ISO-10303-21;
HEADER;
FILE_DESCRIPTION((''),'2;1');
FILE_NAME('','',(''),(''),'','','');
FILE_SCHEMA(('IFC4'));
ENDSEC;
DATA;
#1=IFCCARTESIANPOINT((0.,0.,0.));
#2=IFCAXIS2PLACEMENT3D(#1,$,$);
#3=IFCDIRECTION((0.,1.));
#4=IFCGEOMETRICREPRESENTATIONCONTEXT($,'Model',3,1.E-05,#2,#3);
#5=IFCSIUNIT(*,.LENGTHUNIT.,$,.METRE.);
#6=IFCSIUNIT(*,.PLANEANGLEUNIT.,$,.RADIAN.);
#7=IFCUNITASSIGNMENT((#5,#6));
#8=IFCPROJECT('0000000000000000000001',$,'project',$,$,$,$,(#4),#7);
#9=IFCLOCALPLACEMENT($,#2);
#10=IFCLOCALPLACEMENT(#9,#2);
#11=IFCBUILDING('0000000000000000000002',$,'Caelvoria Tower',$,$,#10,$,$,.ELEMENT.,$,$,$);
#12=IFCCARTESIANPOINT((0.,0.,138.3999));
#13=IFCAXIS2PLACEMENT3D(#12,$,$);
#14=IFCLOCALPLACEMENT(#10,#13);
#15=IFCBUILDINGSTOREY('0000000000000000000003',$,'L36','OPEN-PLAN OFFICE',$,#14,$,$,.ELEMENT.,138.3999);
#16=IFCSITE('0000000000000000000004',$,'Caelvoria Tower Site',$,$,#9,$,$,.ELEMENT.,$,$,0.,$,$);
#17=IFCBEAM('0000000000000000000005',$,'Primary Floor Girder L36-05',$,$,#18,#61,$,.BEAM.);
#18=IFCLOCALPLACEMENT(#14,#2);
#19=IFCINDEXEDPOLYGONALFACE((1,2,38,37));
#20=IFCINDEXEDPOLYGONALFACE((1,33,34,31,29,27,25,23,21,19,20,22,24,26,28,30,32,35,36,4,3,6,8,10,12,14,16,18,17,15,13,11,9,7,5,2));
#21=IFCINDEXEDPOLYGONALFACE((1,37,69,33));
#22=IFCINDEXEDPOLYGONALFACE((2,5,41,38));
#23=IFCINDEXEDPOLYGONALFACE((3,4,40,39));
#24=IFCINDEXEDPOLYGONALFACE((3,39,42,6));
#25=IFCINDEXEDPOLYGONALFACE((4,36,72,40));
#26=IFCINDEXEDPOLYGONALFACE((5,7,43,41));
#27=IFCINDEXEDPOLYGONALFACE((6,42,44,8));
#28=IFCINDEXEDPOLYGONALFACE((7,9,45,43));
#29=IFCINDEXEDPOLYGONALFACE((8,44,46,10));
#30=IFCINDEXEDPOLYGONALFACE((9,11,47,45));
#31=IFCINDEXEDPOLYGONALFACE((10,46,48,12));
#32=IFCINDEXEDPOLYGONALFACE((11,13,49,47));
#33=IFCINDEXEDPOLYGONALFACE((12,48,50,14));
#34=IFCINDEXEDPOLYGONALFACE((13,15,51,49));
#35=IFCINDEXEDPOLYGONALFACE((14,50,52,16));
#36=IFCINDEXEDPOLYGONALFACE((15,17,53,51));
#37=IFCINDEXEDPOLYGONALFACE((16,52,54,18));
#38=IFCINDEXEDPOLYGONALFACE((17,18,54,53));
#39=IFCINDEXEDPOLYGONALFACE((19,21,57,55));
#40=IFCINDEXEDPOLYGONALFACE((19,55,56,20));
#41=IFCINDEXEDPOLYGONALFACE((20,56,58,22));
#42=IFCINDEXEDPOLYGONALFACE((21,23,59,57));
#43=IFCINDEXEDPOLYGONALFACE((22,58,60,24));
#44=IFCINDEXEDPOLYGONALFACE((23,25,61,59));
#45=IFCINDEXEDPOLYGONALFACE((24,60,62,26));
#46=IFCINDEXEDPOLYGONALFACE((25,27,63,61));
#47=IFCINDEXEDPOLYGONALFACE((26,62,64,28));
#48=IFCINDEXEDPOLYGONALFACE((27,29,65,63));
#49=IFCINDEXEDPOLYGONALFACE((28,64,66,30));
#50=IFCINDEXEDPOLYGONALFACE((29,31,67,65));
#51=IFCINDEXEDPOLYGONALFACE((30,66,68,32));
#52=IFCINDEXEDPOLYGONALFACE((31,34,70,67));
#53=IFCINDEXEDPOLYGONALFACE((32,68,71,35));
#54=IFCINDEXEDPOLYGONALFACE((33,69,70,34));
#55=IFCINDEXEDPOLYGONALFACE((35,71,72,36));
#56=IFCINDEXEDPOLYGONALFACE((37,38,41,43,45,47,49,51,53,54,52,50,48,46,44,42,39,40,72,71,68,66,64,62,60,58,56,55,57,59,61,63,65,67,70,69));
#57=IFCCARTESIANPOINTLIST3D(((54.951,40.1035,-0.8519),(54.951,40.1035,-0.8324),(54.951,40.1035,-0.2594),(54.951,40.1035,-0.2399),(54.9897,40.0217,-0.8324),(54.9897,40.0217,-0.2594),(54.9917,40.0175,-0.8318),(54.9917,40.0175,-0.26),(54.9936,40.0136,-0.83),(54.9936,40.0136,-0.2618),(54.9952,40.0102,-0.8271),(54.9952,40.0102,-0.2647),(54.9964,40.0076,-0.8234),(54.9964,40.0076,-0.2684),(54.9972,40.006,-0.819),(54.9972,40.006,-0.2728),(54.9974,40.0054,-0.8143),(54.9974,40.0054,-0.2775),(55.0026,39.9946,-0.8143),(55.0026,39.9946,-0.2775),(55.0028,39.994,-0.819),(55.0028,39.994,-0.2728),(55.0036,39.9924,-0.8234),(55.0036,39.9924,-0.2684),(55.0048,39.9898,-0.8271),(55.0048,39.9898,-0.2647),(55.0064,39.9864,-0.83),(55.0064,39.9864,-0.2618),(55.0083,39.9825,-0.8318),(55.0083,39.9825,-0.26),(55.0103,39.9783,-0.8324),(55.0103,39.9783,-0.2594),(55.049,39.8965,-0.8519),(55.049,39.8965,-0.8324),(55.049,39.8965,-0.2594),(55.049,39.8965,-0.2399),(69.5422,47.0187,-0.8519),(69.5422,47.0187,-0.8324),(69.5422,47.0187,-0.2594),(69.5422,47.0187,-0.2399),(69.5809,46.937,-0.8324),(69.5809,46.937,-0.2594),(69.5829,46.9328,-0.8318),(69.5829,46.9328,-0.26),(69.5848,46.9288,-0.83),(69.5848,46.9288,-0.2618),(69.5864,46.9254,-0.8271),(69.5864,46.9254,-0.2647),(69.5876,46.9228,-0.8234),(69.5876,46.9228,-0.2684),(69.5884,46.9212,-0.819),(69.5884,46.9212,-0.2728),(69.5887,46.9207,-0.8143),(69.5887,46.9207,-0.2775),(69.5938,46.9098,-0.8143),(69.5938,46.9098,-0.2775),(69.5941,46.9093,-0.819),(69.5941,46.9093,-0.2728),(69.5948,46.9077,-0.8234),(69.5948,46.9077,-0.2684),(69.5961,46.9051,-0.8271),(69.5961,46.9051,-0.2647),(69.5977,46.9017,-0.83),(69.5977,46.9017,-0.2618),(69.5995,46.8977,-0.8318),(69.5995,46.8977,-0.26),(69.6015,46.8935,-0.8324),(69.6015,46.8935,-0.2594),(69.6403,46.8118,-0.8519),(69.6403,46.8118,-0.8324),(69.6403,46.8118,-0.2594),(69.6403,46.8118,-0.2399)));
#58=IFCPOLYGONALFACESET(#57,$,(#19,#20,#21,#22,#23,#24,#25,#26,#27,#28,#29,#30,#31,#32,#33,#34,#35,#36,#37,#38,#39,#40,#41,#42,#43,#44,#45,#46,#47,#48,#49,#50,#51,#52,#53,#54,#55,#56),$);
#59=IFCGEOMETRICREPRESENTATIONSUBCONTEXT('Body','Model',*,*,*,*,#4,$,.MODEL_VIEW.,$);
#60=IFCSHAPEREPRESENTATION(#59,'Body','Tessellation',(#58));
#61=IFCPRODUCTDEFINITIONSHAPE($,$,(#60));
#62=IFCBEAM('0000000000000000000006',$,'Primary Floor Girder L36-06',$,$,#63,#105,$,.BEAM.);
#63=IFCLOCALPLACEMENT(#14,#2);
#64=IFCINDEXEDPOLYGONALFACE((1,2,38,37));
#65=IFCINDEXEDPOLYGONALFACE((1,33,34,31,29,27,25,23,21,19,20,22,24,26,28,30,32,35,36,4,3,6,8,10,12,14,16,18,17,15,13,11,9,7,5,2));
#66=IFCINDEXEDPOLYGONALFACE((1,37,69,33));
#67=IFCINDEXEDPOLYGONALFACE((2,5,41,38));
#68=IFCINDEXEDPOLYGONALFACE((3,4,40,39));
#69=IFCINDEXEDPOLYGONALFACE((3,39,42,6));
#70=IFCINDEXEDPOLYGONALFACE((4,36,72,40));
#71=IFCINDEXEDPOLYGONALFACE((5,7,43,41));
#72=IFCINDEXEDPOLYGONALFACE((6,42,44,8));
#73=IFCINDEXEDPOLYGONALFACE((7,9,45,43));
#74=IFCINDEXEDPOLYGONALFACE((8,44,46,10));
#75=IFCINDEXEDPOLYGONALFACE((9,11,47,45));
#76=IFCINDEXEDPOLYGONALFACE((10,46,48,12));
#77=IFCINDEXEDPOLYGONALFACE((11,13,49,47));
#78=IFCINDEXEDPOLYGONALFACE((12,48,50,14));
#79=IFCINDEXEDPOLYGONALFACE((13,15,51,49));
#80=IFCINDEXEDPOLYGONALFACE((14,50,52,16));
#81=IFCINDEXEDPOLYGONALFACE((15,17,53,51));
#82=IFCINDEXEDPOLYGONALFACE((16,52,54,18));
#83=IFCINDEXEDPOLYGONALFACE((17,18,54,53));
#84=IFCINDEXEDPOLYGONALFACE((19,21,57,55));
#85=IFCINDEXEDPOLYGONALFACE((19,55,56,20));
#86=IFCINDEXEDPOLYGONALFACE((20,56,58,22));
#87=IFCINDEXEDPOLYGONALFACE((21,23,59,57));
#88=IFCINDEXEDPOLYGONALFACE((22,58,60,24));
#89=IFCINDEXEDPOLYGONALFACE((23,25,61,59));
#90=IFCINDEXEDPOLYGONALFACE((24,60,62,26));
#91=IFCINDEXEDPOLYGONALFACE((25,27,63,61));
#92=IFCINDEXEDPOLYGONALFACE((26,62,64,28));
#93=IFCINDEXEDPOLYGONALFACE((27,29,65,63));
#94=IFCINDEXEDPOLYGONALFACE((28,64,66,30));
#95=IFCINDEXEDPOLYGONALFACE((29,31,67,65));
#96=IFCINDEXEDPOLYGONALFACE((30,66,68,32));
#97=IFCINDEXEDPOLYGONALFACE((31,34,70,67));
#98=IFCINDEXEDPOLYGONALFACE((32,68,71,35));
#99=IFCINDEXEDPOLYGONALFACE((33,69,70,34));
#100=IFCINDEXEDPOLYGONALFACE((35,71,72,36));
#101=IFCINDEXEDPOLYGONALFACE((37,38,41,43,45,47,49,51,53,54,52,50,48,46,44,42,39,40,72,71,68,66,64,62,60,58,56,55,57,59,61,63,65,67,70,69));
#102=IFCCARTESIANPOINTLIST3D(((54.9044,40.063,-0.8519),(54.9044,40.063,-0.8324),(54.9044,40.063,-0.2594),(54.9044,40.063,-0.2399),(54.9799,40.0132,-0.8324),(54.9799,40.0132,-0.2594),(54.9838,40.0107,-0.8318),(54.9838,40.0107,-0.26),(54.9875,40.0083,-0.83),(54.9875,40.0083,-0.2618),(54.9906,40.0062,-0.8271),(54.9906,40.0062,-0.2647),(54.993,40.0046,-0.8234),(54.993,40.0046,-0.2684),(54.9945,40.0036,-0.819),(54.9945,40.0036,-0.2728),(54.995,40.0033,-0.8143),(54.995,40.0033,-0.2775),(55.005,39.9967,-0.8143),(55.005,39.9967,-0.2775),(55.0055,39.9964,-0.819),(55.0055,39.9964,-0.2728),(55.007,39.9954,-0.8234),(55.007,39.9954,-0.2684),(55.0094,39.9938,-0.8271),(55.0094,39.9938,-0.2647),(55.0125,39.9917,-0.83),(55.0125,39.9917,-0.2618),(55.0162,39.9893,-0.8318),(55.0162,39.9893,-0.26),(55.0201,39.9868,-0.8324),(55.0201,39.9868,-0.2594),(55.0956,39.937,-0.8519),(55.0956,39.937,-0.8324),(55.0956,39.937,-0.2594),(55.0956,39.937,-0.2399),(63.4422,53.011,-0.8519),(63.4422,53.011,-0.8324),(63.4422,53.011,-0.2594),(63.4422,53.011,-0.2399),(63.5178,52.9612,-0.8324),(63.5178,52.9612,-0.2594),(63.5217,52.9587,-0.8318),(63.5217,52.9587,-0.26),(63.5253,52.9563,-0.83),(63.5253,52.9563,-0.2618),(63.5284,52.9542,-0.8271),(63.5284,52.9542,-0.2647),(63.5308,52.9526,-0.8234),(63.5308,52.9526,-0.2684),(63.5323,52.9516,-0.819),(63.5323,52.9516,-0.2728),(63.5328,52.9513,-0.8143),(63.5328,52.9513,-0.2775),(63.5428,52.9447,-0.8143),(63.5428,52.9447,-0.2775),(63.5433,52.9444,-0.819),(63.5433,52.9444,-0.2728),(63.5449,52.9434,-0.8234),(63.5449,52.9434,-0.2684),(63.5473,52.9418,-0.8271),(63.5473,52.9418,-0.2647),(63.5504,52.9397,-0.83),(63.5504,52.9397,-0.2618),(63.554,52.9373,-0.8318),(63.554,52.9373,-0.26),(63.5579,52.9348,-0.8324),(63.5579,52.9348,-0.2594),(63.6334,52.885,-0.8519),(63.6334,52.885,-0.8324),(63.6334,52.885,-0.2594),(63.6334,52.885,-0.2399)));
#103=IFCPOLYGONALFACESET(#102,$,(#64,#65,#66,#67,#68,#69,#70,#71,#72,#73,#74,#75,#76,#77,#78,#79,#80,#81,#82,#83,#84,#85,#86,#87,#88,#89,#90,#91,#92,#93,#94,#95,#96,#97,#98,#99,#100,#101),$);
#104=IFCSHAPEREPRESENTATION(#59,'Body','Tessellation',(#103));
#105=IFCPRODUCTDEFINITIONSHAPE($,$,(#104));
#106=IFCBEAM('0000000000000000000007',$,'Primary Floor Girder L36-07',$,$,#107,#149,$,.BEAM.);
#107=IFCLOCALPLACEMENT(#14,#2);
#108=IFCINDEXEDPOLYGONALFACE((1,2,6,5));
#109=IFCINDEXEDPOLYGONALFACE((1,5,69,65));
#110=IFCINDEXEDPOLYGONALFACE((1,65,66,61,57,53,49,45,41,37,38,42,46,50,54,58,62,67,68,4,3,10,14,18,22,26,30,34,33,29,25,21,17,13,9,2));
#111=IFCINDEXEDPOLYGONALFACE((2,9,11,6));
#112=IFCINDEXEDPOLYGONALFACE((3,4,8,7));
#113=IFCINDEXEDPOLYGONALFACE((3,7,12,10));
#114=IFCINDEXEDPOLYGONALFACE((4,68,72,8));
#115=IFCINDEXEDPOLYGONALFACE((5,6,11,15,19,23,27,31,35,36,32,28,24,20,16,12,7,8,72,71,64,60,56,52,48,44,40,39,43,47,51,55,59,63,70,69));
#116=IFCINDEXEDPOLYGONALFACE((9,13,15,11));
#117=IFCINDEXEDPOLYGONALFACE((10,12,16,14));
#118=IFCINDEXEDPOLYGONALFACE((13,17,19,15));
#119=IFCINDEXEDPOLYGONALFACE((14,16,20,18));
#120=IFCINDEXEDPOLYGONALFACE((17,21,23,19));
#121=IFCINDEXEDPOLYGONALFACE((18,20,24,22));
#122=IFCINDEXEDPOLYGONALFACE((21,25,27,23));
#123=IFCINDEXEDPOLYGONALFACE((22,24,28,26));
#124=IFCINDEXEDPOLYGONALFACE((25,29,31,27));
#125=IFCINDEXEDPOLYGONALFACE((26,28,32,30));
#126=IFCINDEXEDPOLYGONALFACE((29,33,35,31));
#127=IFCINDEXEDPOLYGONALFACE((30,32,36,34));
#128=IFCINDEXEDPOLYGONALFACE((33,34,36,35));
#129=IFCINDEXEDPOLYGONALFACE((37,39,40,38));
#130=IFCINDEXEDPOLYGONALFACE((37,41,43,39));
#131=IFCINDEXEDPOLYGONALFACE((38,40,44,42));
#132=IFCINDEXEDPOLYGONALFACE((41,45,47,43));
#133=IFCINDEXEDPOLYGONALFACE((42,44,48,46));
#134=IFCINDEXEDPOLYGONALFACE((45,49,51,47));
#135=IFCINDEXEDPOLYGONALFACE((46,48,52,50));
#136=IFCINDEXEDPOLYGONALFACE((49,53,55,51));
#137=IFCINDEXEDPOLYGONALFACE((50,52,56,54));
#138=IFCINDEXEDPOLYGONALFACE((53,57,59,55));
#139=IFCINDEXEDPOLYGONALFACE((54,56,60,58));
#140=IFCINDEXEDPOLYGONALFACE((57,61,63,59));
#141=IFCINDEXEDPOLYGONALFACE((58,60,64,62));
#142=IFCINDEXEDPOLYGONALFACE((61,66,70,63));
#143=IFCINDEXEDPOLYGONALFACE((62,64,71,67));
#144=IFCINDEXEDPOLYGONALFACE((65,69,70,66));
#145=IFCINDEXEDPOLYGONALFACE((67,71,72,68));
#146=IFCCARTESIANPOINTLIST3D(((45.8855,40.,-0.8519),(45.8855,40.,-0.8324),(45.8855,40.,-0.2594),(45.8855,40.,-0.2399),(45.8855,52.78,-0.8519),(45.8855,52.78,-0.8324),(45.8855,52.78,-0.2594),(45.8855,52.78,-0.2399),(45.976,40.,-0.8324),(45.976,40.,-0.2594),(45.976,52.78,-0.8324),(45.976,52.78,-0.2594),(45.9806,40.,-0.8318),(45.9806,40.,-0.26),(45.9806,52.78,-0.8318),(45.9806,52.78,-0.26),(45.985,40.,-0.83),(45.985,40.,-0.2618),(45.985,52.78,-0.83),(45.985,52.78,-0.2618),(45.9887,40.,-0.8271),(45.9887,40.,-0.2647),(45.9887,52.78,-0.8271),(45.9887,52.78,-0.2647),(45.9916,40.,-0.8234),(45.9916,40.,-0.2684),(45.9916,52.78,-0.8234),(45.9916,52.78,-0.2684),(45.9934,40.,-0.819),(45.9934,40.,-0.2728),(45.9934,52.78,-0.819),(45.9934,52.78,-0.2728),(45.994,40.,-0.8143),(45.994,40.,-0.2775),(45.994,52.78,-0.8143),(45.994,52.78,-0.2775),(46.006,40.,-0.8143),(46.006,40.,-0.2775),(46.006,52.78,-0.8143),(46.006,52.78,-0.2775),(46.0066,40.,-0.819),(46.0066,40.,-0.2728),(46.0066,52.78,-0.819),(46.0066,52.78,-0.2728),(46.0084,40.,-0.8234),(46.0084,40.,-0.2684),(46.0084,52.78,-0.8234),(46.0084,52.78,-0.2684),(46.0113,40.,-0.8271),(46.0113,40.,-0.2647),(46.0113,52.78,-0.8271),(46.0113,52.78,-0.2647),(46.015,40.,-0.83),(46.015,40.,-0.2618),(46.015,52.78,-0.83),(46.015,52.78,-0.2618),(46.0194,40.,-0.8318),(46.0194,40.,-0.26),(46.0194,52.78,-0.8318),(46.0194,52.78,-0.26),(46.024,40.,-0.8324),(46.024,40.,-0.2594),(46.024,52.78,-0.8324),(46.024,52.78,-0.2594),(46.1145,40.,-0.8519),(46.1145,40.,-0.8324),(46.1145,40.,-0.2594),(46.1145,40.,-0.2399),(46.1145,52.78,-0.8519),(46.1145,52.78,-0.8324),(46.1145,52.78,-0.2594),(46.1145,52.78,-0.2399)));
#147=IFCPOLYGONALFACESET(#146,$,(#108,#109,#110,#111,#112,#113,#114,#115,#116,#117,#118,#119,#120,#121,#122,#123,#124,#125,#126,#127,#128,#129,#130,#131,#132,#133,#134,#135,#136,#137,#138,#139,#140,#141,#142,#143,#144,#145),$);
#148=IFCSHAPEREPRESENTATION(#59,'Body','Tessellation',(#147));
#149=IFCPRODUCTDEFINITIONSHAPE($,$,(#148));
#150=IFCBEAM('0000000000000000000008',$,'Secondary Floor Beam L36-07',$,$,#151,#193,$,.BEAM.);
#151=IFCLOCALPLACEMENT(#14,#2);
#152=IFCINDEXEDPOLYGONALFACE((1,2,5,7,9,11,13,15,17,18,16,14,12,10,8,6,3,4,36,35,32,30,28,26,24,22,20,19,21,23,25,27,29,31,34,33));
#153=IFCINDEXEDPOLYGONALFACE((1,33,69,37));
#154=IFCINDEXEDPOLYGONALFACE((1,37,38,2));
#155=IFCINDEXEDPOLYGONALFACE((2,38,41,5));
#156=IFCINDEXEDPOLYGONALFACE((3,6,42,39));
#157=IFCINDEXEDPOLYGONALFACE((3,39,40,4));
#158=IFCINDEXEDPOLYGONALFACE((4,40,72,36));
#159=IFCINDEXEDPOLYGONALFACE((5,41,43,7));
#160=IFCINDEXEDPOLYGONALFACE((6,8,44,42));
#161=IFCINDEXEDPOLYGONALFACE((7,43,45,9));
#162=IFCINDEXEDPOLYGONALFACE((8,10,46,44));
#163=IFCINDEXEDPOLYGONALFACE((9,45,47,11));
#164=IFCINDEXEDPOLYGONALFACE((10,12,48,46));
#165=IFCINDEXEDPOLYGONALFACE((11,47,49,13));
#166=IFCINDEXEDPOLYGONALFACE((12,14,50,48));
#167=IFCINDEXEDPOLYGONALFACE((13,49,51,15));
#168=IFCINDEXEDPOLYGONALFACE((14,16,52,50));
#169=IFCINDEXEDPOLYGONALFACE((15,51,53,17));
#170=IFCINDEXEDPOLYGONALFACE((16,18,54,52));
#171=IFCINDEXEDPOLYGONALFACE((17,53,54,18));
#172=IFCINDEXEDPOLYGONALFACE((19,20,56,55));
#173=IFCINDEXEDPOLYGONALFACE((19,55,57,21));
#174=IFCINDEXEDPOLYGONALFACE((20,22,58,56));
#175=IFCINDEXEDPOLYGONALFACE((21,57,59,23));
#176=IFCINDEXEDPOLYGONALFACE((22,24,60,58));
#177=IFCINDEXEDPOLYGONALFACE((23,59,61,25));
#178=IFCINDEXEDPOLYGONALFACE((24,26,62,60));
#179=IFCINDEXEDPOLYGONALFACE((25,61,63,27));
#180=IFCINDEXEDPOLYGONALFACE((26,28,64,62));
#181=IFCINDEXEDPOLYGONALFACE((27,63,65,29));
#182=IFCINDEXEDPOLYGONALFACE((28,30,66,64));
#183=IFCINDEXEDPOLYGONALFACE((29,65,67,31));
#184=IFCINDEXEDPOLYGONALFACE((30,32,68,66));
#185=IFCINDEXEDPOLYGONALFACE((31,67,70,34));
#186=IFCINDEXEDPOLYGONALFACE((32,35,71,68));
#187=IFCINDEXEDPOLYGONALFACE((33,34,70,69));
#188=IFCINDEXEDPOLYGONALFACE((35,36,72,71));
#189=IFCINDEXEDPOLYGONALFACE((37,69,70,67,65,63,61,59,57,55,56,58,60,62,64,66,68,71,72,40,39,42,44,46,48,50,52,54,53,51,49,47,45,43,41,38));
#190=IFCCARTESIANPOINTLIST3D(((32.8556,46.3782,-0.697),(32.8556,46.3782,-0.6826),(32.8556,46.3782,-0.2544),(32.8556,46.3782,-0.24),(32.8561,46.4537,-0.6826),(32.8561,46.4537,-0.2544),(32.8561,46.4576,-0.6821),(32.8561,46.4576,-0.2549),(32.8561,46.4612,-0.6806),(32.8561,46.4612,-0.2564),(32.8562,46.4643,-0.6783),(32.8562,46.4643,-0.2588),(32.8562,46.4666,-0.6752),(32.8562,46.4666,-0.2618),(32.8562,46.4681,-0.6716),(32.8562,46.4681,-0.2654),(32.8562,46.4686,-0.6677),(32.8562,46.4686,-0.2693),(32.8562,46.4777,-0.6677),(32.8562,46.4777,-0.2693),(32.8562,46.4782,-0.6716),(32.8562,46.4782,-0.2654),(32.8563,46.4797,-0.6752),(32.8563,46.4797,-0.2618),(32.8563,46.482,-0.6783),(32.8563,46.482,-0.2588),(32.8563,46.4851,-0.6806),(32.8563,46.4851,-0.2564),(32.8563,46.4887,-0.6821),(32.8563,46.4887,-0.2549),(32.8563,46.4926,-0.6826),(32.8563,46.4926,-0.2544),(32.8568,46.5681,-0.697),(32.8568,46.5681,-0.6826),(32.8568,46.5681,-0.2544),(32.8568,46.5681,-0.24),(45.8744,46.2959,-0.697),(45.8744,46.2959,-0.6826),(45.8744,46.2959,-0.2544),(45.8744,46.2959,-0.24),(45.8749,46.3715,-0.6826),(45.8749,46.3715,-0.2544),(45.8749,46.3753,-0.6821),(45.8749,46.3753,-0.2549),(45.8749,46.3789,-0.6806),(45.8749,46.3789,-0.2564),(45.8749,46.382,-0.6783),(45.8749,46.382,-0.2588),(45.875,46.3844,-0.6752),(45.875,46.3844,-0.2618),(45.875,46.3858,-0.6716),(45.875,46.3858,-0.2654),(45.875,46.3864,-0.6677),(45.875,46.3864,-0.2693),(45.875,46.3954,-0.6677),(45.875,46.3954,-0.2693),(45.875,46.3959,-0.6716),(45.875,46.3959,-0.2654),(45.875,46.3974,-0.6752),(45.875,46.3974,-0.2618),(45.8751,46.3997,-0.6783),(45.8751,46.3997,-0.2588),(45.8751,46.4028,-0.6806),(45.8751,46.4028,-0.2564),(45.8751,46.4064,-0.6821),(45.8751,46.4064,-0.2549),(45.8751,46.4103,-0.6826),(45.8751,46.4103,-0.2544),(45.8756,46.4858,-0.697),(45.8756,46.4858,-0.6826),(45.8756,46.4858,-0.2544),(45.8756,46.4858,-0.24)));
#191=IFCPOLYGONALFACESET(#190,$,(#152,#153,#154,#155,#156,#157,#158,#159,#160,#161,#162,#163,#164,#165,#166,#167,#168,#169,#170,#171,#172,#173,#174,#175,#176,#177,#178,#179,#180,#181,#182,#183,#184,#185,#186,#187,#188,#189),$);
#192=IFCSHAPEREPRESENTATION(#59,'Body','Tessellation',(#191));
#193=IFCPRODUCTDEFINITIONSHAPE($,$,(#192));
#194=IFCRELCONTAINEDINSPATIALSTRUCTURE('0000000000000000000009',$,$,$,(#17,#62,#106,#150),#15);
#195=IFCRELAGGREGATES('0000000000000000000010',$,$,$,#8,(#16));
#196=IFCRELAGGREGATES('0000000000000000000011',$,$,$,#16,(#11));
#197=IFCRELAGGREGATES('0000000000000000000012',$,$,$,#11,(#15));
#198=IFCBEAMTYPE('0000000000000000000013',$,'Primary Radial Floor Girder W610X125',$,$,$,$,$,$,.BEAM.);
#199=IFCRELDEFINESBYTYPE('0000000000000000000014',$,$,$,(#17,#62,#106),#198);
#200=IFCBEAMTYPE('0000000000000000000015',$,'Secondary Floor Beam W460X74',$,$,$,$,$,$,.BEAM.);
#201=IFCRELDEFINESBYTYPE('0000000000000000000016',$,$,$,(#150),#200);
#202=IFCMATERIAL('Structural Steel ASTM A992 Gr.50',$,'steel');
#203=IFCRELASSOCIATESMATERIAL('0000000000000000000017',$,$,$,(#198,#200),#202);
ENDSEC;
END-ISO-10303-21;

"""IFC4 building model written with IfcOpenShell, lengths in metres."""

from ifc_helpers import new_model, si_unit, direction, frame, origin, origin_2d, place, context, subcontext, project, spatial, i_section, extrude, material, material_profile, profile_set, type_object, element, save


model = new_model("IFC4")

# Units and contexts
model_context = context("Model", 3, precision=1e-05, world=origin(), true_north=direction((0.0, 1.0)))
body_context = subcontext(model_context, "Body", "Model", "MODEL_VIEW")
ifc_project = project(units=[si_unit("LENGTHUNIT", "METRE"), si_unit("PLANEANGLEUNIT", "RADIAN")], contexts=[model_context])

# Site, building, storey
site_placement = place(None, origin())
site = spatial("IfcSite", under=ifc_project, at=site_placement, Name="Caelvoria Tower Site", CompositionType="ELEMENT", RefElevation=0.0)
building_placement = place(site_placement, origin())
building = spatial("IfcBuilding", under=site, at=building_placement, Name="Caelvoria Tower", CompositionType="ELEMENT")
storey_placement = place(building_placement, frame((0.0, 0.0, 138.3999)))
storey = spatial("IfcBuildingStorey", under=building, at=storey_placement, Name="L36", Description="OPEN-PLAN OFFICE", CompositionType="ELEMENT", Elevation=138.3999)

# Shared definitions
ifc_material_1 = material(Name="Structural Steel ASTM A992 Gr.50", Category="steel")

# Beams
ifc_material_profile_1 = material_profile(ifc_material_1, i_section(OverallWidth=0.229, OverallDepth=0.6121, WebThickness=0.012, FlangeThickness=0.0195, FilletRadius=0.0181, at=origin_2d()), Name="Structural Steel ASTM A992 Gr.50")
ifc_profile_set_1 = profile_set([ifc_material_profile_1], Name="W610X125 - Structural Steel ASTM A992 Gr.50")
beam_type_1 = type_object("IfcBeamType", Name="Primary Radial Floor Girder W610X125", PredefinedType="BEAM", material=ifc_profile_set_1)
beam_1_placement = place(storey_placement, frame((55.0, 40.0, -0.5459), z_axis=(0.903651, 0.428269, 0.0), x_axis=(-0.428269, 0.903651, 0.0)))
element("IfcBeam", 1, at=beam_1_placement, inside=storey, type_object=beam_type_1, Name="Primary Floor Girder L36-05", PredefinedType="BEAM", context=body_context, shape_type="SweptSolid", body=[
    extrude(i_section(OverallWidth=0.229, OverallDepth=0.6121, WebThickness=0.012, FlangeThickness=0.0195, FilletRadius=0.0181, at=origin_2d()), origin(), (0.0, 0.0, 1.0), 16.147),
])
beam_2_placement = place(storey_placement, frame((55.0, 40.0, -0.5459), z_axis=(0.55049, 0.834842, 0.0), x_axis=(-0.834842, 0.55049, 0.0)))
element("IfcBeam", 2, at=beam_2_placement, inside=storey, type_object=beam_type_1, Name="Primary Floor Girder L36-06", PredefinedType="BEAM", context=body_context, shape_type="SweptSolid", body=[
    extrude(i_section(OverallWidth=0.229, OverallDepth=0.6121, WebThickness=0.012, FlangeThickness=0.0195, FilletRadius=0.0181, at=origin_2d()), origin(), (0.0, 0.0, 1.0), 15.5095),
])
beam_3_placement = place(storey_placement, frame((46.0, 40.0, -0.5459), z_axis=(0.0, 1.0, 0.0), x_axis=(-1.0, 0.0, 0.0)))
element("IfcBeam", 3, at=beam_3_placement, inside=storey, type_object=beam_type_1, Name="Primary Floor Girder L36-07", PredefinedType="BEAM", context=body_context, shape_type="SweptSolid", body=[
    extrude(i_section(OverallWidth=0.229, OverallDepth=0.6121, WebThickness=0.012, FlangeThickness=0.0195, FilletRadius=0.0181, at=origin_2d()), origin(), (0.0, 0.0, 1.0), 12.78),
])
ifc_material_profile_2 = material_profile(ifc_material_1, i_section(OverallWidth=0.1899, OverallDepth=0.457, WebThickness=0.009, FlangeThickness=0.0144, FilletRadius=0.0149, at=origin_2d()), Name="Structural Steel ASTM A992 Gr.50")
ifc_profile_set_2 = profile_set([ifc_material_profile_2], Name="W460X74 - Structural Steel ASTM A992 Gr.50")
beam_type_2 = type_object("IfcBeamType", Name="Secondary Floor Beam W460X74", PredefinedType="BEAM", material=ifc_profile_set_2)
beam_4_placement = place(storey_placement, frame((45.875, 46.3909, -0.4685), z_axis=(-0.99998, 0.00632, 0.0), x_axis=(-0.00632, -0.99998, 0.0)))
element("IfcBeam", 4, at=beam_4_placement, inside=storey, type_object=beam_type_2, Name="Secondary Floor Beam L36-07", PredefinedType="BEAM", context=body_context, shape_type="SweptSolid", body=[
    extrude(i_section(OverallWidth=0.1899, OverallDepth=0.457, WebThickness=0.009, FlangeThickness=0.0144, FilletRadius=0.0149, at=origin_2d()), origin(), (0.0, 0.0, 1.0), 13.019),
])

save(model, "model.ifc")
